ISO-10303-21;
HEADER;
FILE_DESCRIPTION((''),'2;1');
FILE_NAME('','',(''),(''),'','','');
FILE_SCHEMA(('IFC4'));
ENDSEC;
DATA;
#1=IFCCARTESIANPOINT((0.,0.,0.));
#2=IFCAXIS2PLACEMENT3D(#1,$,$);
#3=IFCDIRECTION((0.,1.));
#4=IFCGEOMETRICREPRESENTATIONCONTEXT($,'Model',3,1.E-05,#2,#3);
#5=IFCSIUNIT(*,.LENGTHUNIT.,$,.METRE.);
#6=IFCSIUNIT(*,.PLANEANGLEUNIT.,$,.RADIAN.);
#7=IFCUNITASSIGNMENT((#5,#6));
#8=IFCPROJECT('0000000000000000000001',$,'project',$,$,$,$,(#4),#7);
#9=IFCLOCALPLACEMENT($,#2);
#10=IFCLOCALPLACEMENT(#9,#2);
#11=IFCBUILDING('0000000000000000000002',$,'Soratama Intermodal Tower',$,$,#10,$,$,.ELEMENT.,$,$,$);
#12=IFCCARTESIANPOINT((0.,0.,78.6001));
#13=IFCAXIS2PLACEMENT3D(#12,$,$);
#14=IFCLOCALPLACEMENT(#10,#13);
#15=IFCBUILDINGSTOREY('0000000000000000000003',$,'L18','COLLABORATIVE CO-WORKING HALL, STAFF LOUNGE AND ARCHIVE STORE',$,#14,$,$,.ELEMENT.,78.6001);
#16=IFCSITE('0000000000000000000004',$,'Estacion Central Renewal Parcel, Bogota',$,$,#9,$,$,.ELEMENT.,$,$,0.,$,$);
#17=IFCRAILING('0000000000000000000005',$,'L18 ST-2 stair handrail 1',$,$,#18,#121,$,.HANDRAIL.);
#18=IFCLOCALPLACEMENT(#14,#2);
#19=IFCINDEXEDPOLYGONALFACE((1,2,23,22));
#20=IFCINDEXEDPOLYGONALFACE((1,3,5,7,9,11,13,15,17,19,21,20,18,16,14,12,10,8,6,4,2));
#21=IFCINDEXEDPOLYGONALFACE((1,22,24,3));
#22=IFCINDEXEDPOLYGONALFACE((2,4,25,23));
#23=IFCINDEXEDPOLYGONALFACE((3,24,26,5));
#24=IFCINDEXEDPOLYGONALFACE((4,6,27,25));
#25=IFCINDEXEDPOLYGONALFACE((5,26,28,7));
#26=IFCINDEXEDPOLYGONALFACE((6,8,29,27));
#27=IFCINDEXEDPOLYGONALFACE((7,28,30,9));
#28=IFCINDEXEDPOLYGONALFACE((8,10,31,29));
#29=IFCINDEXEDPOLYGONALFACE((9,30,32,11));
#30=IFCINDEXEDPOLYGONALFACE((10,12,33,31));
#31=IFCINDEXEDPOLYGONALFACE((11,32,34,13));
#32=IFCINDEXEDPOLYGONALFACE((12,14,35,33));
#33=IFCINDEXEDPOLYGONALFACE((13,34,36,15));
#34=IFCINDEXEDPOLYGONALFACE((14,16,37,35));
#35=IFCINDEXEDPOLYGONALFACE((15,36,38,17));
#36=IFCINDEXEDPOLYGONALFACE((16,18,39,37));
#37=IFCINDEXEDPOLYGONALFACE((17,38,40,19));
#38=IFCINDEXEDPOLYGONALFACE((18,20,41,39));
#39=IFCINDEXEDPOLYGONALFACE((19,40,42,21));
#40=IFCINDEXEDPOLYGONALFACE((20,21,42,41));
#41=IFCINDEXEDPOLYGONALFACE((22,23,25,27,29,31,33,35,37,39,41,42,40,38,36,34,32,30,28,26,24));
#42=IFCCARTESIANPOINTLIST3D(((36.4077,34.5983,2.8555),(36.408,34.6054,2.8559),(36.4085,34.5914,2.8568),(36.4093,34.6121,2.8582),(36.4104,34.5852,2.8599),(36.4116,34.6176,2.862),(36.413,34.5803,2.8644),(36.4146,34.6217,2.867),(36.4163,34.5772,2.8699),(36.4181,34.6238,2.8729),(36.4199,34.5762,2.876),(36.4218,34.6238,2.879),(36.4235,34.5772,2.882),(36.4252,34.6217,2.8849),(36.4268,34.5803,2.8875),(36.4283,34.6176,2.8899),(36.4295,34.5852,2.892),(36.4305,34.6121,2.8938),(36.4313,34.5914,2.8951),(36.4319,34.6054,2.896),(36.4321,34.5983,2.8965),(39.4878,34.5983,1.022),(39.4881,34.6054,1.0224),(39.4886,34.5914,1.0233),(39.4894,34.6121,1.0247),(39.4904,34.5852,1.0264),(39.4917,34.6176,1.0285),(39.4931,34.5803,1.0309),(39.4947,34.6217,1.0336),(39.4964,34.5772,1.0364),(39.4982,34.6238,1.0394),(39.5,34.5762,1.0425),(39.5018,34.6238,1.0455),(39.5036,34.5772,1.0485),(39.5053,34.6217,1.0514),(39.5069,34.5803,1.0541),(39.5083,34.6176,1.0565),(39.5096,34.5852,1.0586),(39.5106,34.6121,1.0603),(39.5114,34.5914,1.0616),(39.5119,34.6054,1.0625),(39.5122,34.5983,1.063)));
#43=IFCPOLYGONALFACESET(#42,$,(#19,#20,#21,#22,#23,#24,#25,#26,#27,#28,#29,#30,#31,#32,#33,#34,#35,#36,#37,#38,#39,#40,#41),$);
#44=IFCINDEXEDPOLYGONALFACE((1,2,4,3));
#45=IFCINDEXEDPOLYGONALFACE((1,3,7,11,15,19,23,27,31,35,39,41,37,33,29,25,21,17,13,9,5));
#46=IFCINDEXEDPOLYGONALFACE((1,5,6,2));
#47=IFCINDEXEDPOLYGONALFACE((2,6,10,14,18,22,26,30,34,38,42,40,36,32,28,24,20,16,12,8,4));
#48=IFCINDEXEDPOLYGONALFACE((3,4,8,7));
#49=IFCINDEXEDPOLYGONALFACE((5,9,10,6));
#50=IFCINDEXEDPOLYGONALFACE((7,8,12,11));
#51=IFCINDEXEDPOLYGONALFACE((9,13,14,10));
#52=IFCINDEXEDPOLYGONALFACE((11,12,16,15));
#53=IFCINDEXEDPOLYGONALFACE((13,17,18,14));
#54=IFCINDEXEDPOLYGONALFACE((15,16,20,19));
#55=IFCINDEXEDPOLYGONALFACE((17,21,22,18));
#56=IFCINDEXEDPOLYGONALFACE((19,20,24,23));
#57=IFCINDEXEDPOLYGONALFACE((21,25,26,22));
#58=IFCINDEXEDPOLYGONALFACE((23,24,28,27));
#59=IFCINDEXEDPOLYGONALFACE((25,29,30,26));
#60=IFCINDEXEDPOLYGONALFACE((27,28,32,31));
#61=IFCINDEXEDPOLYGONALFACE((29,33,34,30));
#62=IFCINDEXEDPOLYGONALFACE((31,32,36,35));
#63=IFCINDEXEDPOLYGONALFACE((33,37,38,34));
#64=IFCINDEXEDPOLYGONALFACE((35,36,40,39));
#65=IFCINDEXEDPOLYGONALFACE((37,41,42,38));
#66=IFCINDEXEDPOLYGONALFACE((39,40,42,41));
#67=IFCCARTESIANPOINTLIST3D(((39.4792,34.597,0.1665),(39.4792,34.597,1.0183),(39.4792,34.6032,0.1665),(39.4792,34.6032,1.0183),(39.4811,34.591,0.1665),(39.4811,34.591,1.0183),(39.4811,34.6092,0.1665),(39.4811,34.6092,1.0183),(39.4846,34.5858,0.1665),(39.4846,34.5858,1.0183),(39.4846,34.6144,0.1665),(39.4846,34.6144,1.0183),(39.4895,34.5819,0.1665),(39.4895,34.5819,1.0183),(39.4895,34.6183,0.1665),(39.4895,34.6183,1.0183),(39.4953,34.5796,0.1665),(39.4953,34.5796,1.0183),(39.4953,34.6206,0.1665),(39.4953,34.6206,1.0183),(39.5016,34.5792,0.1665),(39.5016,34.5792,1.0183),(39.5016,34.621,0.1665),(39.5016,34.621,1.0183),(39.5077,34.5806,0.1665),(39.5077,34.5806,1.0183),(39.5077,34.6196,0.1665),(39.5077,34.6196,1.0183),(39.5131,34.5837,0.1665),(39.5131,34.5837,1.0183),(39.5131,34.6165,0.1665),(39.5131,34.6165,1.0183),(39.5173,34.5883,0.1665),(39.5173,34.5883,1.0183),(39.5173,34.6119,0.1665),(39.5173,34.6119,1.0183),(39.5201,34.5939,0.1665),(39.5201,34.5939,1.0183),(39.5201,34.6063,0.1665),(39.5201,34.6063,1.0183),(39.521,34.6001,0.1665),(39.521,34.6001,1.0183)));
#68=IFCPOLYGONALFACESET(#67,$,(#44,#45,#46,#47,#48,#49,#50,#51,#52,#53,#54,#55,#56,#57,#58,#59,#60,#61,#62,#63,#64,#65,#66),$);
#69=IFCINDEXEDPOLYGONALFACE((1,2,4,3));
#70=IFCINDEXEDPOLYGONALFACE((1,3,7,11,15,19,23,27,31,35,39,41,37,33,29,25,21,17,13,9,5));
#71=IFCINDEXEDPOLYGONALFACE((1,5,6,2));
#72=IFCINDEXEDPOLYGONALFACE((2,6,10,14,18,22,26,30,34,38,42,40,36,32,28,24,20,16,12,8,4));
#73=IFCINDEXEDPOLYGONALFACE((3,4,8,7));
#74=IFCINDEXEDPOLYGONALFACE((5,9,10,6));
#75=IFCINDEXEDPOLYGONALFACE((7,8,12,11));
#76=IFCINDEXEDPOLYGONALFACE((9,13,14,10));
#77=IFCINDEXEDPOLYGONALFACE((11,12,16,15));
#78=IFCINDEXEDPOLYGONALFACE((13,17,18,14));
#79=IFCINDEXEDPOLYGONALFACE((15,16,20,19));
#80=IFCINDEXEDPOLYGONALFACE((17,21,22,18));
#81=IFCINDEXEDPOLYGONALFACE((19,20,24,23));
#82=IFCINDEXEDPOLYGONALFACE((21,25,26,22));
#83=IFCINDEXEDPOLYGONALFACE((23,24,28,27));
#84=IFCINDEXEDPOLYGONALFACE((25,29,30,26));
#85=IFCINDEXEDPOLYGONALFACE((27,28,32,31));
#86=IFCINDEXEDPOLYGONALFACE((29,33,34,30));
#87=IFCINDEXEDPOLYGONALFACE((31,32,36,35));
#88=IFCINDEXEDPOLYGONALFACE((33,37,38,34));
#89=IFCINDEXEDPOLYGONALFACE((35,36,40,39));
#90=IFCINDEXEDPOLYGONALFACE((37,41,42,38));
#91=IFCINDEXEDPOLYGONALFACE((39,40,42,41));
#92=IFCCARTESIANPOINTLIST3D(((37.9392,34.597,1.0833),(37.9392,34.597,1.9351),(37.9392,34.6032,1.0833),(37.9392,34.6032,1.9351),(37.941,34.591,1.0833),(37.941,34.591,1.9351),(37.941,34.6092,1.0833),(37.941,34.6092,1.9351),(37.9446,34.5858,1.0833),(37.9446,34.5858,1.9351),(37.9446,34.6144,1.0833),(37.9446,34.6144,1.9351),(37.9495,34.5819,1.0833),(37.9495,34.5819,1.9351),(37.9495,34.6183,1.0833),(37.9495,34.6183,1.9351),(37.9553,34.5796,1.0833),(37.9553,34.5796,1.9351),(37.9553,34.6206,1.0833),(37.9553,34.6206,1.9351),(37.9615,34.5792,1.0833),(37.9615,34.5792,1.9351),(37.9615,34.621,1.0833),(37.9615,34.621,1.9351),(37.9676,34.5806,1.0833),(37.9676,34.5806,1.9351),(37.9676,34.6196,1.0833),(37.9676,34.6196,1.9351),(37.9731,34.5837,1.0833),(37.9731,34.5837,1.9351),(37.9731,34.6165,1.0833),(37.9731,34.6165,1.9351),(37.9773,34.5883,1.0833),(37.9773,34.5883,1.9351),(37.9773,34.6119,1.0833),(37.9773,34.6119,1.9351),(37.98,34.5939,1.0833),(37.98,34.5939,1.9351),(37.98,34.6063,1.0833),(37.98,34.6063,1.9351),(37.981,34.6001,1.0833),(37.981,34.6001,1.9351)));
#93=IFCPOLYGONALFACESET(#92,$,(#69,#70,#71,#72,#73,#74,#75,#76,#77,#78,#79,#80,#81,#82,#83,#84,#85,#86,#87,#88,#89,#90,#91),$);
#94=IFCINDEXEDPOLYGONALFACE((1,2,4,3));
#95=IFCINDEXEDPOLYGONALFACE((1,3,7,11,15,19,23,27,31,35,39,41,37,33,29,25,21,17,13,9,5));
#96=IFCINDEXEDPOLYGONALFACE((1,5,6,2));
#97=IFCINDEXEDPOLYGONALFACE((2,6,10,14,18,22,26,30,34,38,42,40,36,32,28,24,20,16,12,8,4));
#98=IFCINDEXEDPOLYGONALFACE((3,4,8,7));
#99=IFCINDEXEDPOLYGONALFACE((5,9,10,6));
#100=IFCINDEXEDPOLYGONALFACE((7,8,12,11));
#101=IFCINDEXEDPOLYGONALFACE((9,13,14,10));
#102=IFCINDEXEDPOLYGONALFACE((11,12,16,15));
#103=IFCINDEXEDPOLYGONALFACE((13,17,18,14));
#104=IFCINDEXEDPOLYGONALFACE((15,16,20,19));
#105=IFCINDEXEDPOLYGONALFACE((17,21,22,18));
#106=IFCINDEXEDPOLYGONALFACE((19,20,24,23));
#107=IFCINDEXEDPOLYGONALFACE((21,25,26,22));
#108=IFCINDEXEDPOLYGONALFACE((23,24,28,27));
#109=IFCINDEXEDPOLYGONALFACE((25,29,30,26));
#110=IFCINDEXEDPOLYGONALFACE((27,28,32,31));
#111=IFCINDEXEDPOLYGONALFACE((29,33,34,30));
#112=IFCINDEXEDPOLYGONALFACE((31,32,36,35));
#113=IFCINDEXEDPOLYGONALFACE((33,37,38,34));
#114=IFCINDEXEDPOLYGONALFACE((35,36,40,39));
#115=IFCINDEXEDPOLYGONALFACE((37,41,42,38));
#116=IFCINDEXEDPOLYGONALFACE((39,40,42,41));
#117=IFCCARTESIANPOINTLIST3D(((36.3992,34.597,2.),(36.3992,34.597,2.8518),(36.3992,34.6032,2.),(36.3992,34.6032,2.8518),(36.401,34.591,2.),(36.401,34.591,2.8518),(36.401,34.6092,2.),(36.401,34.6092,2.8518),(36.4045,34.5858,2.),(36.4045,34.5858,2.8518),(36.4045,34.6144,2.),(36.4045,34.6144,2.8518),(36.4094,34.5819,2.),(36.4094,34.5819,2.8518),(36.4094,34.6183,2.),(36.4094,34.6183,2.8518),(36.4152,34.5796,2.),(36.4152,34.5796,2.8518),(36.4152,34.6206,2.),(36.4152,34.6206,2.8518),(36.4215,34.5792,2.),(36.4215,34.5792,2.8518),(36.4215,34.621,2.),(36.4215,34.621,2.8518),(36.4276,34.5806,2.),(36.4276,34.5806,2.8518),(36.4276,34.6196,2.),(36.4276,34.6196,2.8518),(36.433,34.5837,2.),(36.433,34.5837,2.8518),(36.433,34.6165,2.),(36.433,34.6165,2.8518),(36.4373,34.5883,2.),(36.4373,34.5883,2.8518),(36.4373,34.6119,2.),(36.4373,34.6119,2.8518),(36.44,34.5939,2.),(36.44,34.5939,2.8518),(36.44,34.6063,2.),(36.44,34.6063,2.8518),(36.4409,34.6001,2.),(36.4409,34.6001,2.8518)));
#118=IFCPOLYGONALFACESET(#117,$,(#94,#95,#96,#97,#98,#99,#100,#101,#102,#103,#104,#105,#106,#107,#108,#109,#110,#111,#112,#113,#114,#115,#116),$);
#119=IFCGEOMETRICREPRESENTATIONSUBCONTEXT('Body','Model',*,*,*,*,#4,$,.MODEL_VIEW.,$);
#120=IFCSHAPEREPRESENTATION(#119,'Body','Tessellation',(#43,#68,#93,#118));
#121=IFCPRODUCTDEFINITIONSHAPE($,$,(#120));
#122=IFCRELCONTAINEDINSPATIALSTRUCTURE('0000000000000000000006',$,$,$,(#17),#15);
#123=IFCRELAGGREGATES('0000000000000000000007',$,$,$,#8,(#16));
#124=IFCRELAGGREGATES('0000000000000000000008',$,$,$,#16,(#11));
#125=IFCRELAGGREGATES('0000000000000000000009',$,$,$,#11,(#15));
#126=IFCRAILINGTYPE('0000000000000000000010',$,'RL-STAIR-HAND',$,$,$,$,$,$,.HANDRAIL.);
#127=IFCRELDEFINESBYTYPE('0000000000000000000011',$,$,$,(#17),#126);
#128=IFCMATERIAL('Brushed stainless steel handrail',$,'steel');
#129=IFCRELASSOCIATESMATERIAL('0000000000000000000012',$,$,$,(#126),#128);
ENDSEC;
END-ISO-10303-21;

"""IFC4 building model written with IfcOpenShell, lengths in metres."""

from ifc_helpers import new_model, si_unit, direction, frame, origin, origin_2d, place, context, subcontext, project, spatial, circle, extrude, material, type_object, element, save


model = new_model("IFC4")

# Units and contexts
model_context = context("Model", 3, precision=1e-05, world=origin(), true_north=direction((0.0, 1.0)))
body_context = subcontext(model_context, "Body", "Model", "MODEL_VIEW")
ifc_project = project(units=[si_unit("LENGTHUNIT", "METRE"), si_unit("PLANEANGLEUNIT", "RADIAN")], contexts=[model_context])

# Site, building, storey
site_placement = place(None, origin())
site = spatial("IfcSite", under=ifc_project, at=site_placement, Name="Estacion Central Renewal Parcel, Bogota", CompositionType="ELEMENT", RefElevation=0.0)
building_placement = place(site_placement, origin())
building = spatial("IfcBuilding", under=site, at=building_placement, Name="Soratama Intermodal Tower", CompositionType="ELEMENT")
storey_placement = place(building_placement, frame((0.0, 0.0, 78.6001)))
storey = spatial("IfcBuildingStorey", under=building, at=storey_placement, Name="L18", Description="COLLABORATIVE CO-WORKING HALL, STAFF LOUNGE AND ARCHIVE STORE", CompositionType="ELEMENT", Elevation=78.6001)

# Railing
ifc_material_1 = material(Name="Brushed stainless steel handrail", Category="steel")
railing_type_1 = type_object("IfcRailingType", Name="RL-STAIR-HAND", PredefinedType="HANDRAIL", material=ifc_material_1)
railing_1_placement = place(storey_placement, frame((39.5, 34.6001, 0.1665)))
element("IfcRailing", 1, at=railing_1_placement, inside=storey, type_object=railing_type_1, Name="L18 ST-2 stair handrail 1", PredefinedType="HANDRAIL", context=body_context, shape_type="SweptSolid", body=[
    extrude(circle(Radius=0.0239, at=origin_2d()), frame((0.0, 0.0, 0.876), z_axis=(-0.859279, 0.0, 0.511508), x_axis=(0.0, -1.0, 0.0)), (0.0, 0.0, 1.0), 3.5845),
    extrude(circle(Radius=0.021, at=origin_2d()), origin(), (0.0, 0.0, 1.0), 0.8518),
    extrude(circle(Radius=0.021, at=origin_2d()), frame((-1.54, 0.0, 0.9167)), (0.0, 0.0, 1.0), 0.8518),
    extrude(circle(Radius=0.021, at=origin_2d()), frame((-3.0801, 0.0, 1.8335)), (0.0, 0.0, 1.0), 0.8518),
])

save(model, "model.ifc")
